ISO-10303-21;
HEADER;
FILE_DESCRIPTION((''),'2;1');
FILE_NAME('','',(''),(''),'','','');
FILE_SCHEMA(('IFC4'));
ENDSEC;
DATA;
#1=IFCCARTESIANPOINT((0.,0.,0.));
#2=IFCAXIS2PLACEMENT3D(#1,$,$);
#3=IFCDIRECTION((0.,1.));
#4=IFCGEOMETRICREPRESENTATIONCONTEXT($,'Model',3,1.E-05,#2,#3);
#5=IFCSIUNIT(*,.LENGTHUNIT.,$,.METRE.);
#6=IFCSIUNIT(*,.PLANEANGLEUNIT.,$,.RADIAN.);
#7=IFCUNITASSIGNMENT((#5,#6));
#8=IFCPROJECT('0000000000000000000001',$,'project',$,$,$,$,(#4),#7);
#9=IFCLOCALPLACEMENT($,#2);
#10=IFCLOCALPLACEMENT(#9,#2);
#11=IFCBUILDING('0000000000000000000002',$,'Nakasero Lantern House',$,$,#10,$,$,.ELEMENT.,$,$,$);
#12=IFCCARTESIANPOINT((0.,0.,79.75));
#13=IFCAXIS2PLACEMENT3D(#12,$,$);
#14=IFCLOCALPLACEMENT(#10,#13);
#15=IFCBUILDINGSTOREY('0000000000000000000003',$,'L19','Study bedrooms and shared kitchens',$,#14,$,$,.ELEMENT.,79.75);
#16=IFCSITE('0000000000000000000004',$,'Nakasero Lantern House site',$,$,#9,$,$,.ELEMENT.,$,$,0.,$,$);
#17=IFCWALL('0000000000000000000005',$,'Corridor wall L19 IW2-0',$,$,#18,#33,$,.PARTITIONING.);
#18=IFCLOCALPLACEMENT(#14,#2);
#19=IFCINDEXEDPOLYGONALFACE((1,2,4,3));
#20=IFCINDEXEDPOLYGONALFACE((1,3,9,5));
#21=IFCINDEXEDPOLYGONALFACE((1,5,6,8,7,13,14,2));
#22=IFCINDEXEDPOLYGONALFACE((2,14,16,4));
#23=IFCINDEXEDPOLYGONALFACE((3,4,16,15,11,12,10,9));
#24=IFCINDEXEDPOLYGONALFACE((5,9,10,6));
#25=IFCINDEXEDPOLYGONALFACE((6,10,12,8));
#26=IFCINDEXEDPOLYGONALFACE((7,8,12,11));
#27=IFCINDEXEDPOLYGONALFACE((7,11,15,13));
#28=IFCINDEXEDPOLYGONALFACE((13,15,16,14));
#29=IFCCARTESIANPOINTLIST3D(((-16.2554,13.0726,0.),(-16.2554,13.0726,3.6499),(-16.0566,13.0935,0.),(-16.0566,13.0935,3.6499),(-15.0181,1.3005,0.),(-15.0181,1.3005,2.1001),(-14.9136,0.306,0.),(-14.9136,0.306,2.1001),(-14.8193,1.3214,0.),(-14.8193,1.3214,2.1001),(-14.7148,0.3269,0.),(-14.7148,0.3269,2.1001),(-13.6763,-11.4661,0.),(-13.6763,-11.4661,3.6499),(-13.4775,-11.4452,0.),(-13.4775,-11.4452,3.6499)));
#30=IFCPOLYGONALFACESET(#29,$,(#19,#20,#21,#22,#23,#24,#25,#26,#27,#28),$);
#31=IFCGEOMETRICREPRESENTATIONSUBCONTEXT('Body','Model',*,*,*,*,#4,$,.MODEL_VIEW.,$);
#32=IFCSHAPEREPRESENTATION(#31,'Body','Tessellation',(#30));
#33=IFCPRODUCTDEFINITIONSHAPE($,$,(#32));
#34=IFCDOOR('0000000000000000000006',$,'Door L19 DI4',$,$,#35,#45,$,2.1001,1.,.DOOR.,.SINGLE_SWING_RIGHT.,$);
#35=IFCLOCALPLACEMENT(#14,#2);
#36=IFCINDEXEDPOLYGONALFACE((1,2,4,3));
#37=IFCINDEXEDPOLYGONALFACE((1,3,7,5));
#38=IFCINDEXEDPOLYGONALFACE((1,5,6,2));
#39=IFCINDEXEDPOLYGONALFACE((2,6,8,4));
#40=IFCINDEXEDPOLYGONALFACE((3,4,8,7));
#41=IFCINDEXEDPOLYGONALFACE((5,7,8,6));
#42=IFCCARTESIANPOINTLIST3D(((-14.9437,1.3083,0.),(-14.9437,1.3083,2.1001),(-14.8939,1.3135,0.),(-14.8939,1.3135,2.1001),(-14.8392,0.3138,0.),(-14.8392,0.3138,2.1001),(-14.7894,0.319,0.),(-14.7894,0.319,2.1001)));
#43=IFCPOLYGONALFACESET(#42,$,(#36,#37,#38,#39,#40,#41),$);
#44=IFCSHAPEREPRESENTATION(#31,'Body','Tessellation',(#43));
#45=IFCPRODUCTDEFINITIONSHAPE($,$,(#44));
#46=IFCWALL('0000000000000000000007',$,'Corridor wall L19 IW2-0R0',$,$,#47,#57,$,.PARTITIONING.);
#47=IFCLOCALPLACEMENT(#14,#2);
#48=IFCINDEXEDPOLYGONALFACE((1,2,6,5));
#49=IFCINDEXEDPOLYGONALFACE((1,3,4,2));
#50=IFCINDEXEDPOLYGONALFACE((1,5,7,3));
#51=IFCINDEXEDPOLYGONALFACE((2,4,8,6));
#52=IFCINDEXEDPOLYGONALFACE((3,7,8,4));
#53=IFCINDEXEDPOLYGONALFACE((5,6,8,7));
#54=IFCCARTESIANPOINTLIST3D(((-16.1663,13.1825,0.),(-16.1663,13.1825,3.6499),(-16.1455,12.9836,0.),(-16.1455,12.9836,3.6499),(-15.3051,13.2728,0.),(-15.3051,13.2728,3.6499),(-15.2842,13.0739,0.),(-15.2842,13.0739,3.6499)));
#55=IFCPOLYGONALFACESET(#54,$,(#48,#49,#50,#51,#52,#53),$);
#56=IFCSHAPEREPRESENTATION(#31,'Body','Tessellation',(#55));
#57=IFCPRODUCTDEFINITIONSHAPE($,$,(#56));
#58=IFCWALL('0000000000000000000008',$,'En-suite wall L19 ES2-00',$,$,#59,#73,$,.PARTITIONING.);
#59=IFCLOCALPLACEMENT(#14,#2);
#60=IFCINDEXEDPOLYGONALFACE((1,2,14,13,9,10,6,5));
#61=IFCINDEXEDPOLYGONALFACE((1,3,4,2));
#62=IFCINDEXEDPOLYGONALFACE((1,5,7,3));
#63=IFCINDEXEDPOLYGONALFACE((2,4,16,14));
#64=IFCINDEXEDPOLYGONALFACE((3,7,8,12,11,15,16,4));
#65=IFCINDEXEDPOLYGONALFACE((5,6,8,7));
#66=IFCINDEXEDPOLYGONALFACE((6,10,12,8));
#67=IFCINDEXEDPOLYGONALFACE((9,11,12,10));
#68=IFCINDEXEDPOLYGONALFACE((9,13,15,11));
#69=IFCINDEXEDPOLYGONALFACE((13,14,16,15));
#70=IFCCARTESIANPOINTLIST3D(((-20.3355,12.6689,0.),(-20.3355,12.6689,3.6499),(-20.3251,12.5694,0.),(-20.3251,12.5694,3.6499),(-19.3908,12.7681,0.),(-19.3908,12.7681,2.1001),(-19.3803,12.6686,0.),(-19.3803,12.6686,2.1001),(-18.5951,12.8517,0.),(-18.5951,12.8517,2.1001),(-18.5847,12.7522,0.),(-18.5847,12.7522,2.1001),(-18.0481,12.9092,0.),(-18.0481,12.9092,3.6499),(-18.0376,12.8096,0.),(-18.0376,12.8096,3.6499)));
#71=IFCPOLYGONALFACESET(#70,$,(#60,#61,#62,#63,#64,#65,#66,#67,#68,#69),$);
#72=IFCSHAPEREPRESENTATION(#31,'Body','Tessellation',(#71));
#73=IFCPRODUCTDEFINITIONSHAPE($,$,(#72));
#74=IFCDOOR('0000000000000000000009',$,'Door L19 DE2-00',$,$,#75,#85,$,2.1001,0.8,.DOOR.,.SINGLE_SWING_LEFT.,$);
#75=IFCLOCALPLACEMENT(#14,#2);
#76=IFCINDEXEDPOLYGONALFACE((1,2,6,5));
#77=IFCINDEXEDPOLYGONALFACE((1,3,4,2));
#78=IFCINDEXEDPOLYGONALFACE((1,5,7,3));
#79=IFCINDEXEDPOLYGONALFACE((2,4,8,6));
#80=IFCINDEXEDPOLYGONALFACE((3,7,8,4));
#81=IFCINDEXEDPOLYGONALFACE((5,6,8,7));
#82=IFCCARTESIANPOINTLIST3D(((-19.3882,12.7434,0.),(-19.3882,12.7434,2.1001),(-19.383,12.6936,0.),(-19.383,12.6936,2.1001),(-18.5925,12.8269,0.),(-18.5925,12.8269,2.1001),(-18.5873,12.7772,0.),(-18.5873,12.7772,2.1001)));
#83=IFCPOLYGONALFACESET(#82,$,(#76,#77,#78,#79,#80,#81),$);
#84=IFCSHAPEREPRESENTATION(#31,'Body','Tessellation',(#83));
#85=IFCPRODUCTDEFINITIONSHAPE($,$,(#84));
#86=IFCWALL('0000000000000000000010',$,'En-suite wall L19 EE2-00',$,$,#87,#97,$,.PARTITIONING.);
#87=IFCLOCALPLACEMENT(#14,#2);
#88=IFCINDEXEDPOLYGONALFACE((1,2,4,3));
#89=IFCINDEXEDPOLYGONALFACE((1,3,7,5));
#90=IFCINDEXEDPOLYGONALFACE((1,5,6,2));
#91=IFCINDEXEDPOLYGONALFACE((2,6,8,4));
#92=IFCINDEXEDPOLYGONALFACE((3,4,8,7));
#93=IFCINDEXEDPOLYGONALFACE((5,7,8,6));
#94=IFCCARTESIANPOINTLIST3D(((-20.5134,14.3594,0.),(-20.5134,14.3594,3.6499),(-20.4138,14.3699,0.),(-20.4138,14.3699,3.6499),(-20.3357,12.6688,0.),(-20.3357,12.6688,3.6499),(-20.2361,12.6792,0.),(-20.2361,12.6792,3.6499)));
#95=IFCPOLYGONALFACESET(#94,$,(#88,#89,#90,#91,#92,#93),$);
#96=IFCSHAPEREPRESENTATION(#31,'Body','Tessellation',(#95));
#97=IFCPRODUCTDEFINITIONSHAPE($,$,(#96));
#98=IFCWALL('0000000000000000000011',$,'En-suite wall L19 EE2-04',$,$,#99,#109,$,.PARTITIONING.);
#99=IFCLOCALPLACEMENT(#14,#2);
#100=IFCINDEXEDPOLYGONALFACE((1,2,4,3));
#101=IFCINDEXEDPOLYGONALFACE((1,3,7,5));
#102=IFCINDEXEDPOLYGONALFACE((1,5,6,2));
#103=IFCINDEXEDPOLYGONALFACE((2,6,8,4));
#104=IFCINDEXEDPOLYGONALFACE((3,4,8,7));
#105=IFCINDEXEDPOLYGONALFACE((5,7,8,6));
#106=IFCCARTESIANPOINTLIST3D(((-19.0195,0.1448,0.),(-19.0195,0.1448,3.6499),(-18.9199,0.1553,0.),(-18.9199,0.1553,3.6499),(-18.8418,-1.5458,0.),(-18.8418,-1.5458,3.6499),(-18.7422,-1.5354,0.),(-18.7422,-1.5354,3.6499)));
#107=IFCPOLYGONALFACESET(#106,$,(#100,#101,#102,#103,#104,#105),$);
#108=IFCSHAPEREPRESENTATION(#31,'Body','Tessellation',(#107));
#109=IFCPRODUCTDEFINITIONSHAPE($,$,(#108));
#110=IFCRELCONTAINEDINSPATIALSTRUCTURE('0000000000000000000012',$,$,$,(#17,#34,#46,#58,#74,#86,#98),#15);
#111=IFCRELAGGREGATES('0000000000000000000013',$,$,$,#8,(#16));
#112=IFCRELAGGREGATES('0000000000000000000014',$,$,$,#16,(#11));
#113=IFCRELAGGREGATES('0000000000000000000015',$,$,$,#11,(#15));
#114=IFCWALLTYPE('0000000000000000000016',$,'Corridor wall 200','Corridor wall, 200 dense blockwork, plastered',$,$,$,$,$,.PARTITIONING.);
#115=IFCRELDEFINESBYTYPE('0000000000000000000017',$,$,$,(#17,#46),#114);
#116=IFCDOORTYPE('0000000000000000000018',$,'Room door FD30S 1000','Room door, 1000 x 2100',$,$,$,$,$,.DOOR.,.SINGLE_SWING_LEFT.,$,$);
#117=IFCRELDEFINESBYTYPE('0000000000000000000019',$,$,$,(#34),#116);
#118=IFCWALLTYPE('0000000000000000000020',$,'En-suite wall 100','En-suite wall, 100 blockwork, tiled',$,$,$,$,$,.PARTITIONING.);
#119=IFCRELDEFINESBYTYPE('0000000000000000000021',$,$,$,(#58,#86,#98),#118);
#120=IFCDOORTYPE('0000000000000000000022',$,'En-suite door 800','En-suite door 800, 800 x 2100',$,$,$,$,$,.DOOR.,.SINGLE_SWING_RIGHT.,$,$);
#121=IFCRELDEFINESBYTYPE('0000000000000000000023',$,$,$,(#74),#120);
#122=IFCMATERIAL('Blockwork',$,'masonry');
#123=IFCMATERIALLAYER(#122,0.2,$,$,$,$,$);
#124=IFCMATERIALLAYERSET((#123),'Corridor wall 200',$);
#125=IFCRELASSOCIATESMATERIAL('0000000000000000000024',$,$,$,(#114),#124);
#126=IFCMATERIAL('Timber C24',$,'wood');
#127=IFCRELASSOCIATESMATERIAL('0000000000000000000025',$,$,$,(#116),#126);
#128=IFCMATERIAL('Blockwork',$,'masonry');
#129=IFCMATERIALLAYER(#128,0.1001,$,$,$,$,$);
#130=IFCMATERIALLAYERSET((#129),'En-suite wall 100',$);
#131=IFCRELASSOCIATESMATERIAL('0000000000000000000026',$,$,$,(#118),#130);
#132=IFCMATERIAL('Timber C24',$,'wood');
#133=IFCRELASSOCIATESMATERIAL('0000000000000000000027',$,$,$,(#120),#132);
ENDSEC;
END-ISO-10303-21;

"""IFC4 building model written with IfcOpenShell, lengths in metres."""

from ifc_helpers import new_model, si_unit, direction, frame, frame_2d, origin, place, context, subcontext, project, spatial, rectangle, extrude, material, layer, layer_set, type_object, element, fill, save


model = new_model("IFC4")

# Units and contexts
model_context = context("Model", 3, precision=1e-05, world=origin(), true_north=direction((0.0, 1.0)))
body_context = subcontext(model_context, "Body", "Model", "MODEL_VIEW")
ifc_project = project(units=[si_unit("LENGTHUNIT", "METRE"), si_unit("PLANEANGLEUNIT", "RADIAN")], contexts=[model_context])

# Site, building, storey
site_placement = place(None, origin())
site = spatial("IfcSite", under=ifc_project, at=site_placement, Name="Nakasero Lantern House site", CompositionType="ELEMENT", RefElevation=0.0)
building_placement = place(site_placement, origin())
building = spatial("IfcBuilding", under=site, at=building_placement, Name="Nakasero Lantern House", CompositionType="ELEMENT")
storey_placement = place(building_placement, frame((0.0, 0.0, 79.75)))
storey = spatial("IfcBuildingStorey", under=building, at=storey_placement, Name="L19", Description="Study bedrooms and shared kitchens", CompositionType="ELEMENT", Elevation=79.75)

# Wall, opening, door
ifc_material_1 = material(Name="Blockwork", Category="masonry")
ifc_layer_1 = layer(ifc_material_1, 0.2)
ifc_layer_set_1 = layer_set([ifc_layer_1], Name="Corridor wall 200")
wall_type_1 = type_object("IfcWallType", Name="Corridor wall 200", Description="Corridor wall, 200 dense blockwork, plastered", PredefinedType="PARTITIONING", material=ifc_layer_set_1)
wall_1_placement = place(storey_placement, frame((-16.156, 13.083, 0.0), z_axis=(0.0, 0.0, 1.0), x_axis=(0.104528, -0.994522, 0.0)))
wall_1 = element("IfcWall", 1, at=wall_1_placement, inside=storey, type_object=wall_type_1, Name="Corridor wall L19 IW2-0", PredefinedType="PARTITIONING", context=body_context, shape_type="SweptSolid", body=[
    extrude(rectangle(XDim=24.6738, YDim=0.2, at=frame_2d((12.3369, 0.0))), origin(), (0.0, 0.0, 1.0), 3.6499),
])
opening_1_placement = place(wall_1_placement, frame((11.8369, 0.0, 0.0)))
opening_1 = element("IfcOpeningElement", 2, at=opening_1_placement, cuts=wall_1, PredefinedType="OPENING", context=body_context, shape_type="SweptSolid", body=[
    extrude(rectangle(XDim=1.0, YDim=2.1001, at=frame_2d((0.5, 1.05))), frame((0.0, 0.1199, 0.0), z_axis=(0.0, -1.0, 0.0), x_axis=(1.0, 0.0, 0.0)), (0.0, 0.0, 1.0), 0.24),
])
ifc_material_2 = material(Name="Timber C24", Category="wood")
door_type_1 = type_object("IfcDoorType", Name="Room door FD30S 1000", Description="Room door, 1000 x 2100", OperationType="SINGLE_SWING_LEFT", PredefinedType="DOOR", material=ifc_material_2)
door_1_placement = place(opening_1_placement, origin())
door_1 = element("IfcDoor", 3, at=door_1_placement, inside=storey, type_object=door_type_1, Name="Door L19 DI4", OperationType="SINGLE_SWING_RIGHT", OverallHeight=2.1001, OverallWidth=1.0, PredefinedType="DOOR", context=body_context, shape_type="SweptSolid", body=[
    extrude(rectangle(XDim=1.0, YDim=2.1001, at=frame_2d((0.5, 1.05))), frame((0.0, 0.0249, 0.0), z_axis=(0.0, -1.0, 0.0), x_axis=(1.0, 0.0, 0.0)), (0.0, 0.0, 1.0), 0.05),
])
fill(opening_1, door_1)

# Wall
wall_2_placement = place(storey_placement, frame((-16.156, 13.083, 0.0), z_axis=(0.0, 0.0, 1.0), x_axis=(0.994546, 0.104303, 0.0)))
element("IfcWall", 4, at=wall_2_placement, inside=storey, type_object=wall_type_1, Name="Corridor wall L19 IW2-0R0", PredefinedType="PARTITIONING", context=body_context, shape_type="SweptSolid", body=[
    extrude(rectangle(XDim=0.866, YDim=0.2, at=frame_2d((0.4331, 0.0))), origin(), (0.0, 0.0, 1.0), 3.6499),
])

# Wall, opening, door
ifc_material_3 = material(Name="Blockwork", Category="masonry")
ifc_layer_2 = layer(ifc_material_3, 0.1001)
ifc_layer_set_2 = layer_set([ifc_layer_2], Name="En-suite wall 100")
wall_type_2 = type_object("IfcWallType", Name="En-suite wall 100", Description="En-suite wall, 100 blockwork, tiled", PredefinedType="PARTITIONING", material=ifc_layer_set_2)
wall_3_placement = place(storey_placement, frame((-18.043, 12.8594, 0.0), z_axis=(0.0, 0.0, 1.0), x_axis=(-0.99453, -0.104453, 0.0)))
wall_3 = element("IfcWall", 5, at=wall_3_placement, inside=storey, type_object=wall_type_2, Name="En-suite wall L19 ES2-00", PredefinedType="PARTITIONING", context=body_context, shape_type="SweptSolid", body=[
    extrude(rectangle(XDim=2.3, YDim=0.1001, at=frame_2d((1.1499, 0.0))), origin(), (0.0, 0.0, 1.0), 3.6499),
])
opening_2_placement = place(wall_3_placement, frame((0.55, 0.0, 0.0)))
opening_2 = element("IfcOpeningElement", 6, at=opening_2_placement, cuts=wall_3, PredefinedType="OPENING", context=body_context, shape_type="SweptSolid", body=[
    extrude(rectangle(XDim=0.8, YDim=2.1001, at=frame_2d((0.3999, 1.05))), frame((0.0, 0.0701, 0.0), z_axis=(0.0, -1.0, 0.0), x_axis=(1.0, 0.0, 0.0)), (0.0, 0.0, 1.0), 0.1401),
])
ifc_material_4 = material(Name="Timber C24", Category="wood")
door_type_2 = type_object("IfcDoorType", Name="En-suite door 800", Description="En-suite door 800, 800 x 2100", OperationType="SINGLE_SWING_RIGHT", PredefinedType="DOOR", material=ifc_material_4)
door_2_placement = place(opening_2_placement, origin())
door_2 = element("IfcDoor", 7, at=door_2_placement, inside=storey, type_object=door_type_2, Name="Door L19 DE2-00", OperationType="SINGLE_SWING_LEFT", OverallHeight=2.1001, OverallWidth=0.8, PredefinedType="DOOR", context=body_context, shape_type="SweptSolid", body=[
    extrude(rectangle(XDim=0.8, YDim=2.1001, at=frame_2d((0.3999, 1.05))), frame((0.0, 0.0249, 0.0), z_axis=(0.0, -1.0, 0.0), x_axis=(1.0, 0.0, 0.0)), (0.0, 0.0, 1.0), 0.05),
])
fill(opening_2, door_2)

# Walls
for number, where, z_axis, x_axis, name in (
    (8, (-20.4636, 14.3647, 0.0), (0.0, 0.0, 1.0), (0.10455, -0.99452, 0.0), "En-suite wall L19 EE2-00"),
    (9, (-18.9697, 0.1501, 0.0), (0.0, 0.0, 1.0), (0.10455, -0.99452, 0.0), "En-suite wall L19 EE2-04"),
):
    element("IfcWall", number, at=place(storey_placement, frame(where, z_axis=z_axis, x_axis=x_axis)), inside=storey, type_object=wall_type_2, Name=name, PredefinedType="PARTITIONING", context=body_context, shape_type="SweptSolid", body=[
        extrude(rectangle(XDim=1.7, YDim=0.1001, at=frame_2d((0.8501, 0.0))), origin(), (0.0, 0.0, 1.0), 3.6499),
    ])

save(model, "model.ifc")
